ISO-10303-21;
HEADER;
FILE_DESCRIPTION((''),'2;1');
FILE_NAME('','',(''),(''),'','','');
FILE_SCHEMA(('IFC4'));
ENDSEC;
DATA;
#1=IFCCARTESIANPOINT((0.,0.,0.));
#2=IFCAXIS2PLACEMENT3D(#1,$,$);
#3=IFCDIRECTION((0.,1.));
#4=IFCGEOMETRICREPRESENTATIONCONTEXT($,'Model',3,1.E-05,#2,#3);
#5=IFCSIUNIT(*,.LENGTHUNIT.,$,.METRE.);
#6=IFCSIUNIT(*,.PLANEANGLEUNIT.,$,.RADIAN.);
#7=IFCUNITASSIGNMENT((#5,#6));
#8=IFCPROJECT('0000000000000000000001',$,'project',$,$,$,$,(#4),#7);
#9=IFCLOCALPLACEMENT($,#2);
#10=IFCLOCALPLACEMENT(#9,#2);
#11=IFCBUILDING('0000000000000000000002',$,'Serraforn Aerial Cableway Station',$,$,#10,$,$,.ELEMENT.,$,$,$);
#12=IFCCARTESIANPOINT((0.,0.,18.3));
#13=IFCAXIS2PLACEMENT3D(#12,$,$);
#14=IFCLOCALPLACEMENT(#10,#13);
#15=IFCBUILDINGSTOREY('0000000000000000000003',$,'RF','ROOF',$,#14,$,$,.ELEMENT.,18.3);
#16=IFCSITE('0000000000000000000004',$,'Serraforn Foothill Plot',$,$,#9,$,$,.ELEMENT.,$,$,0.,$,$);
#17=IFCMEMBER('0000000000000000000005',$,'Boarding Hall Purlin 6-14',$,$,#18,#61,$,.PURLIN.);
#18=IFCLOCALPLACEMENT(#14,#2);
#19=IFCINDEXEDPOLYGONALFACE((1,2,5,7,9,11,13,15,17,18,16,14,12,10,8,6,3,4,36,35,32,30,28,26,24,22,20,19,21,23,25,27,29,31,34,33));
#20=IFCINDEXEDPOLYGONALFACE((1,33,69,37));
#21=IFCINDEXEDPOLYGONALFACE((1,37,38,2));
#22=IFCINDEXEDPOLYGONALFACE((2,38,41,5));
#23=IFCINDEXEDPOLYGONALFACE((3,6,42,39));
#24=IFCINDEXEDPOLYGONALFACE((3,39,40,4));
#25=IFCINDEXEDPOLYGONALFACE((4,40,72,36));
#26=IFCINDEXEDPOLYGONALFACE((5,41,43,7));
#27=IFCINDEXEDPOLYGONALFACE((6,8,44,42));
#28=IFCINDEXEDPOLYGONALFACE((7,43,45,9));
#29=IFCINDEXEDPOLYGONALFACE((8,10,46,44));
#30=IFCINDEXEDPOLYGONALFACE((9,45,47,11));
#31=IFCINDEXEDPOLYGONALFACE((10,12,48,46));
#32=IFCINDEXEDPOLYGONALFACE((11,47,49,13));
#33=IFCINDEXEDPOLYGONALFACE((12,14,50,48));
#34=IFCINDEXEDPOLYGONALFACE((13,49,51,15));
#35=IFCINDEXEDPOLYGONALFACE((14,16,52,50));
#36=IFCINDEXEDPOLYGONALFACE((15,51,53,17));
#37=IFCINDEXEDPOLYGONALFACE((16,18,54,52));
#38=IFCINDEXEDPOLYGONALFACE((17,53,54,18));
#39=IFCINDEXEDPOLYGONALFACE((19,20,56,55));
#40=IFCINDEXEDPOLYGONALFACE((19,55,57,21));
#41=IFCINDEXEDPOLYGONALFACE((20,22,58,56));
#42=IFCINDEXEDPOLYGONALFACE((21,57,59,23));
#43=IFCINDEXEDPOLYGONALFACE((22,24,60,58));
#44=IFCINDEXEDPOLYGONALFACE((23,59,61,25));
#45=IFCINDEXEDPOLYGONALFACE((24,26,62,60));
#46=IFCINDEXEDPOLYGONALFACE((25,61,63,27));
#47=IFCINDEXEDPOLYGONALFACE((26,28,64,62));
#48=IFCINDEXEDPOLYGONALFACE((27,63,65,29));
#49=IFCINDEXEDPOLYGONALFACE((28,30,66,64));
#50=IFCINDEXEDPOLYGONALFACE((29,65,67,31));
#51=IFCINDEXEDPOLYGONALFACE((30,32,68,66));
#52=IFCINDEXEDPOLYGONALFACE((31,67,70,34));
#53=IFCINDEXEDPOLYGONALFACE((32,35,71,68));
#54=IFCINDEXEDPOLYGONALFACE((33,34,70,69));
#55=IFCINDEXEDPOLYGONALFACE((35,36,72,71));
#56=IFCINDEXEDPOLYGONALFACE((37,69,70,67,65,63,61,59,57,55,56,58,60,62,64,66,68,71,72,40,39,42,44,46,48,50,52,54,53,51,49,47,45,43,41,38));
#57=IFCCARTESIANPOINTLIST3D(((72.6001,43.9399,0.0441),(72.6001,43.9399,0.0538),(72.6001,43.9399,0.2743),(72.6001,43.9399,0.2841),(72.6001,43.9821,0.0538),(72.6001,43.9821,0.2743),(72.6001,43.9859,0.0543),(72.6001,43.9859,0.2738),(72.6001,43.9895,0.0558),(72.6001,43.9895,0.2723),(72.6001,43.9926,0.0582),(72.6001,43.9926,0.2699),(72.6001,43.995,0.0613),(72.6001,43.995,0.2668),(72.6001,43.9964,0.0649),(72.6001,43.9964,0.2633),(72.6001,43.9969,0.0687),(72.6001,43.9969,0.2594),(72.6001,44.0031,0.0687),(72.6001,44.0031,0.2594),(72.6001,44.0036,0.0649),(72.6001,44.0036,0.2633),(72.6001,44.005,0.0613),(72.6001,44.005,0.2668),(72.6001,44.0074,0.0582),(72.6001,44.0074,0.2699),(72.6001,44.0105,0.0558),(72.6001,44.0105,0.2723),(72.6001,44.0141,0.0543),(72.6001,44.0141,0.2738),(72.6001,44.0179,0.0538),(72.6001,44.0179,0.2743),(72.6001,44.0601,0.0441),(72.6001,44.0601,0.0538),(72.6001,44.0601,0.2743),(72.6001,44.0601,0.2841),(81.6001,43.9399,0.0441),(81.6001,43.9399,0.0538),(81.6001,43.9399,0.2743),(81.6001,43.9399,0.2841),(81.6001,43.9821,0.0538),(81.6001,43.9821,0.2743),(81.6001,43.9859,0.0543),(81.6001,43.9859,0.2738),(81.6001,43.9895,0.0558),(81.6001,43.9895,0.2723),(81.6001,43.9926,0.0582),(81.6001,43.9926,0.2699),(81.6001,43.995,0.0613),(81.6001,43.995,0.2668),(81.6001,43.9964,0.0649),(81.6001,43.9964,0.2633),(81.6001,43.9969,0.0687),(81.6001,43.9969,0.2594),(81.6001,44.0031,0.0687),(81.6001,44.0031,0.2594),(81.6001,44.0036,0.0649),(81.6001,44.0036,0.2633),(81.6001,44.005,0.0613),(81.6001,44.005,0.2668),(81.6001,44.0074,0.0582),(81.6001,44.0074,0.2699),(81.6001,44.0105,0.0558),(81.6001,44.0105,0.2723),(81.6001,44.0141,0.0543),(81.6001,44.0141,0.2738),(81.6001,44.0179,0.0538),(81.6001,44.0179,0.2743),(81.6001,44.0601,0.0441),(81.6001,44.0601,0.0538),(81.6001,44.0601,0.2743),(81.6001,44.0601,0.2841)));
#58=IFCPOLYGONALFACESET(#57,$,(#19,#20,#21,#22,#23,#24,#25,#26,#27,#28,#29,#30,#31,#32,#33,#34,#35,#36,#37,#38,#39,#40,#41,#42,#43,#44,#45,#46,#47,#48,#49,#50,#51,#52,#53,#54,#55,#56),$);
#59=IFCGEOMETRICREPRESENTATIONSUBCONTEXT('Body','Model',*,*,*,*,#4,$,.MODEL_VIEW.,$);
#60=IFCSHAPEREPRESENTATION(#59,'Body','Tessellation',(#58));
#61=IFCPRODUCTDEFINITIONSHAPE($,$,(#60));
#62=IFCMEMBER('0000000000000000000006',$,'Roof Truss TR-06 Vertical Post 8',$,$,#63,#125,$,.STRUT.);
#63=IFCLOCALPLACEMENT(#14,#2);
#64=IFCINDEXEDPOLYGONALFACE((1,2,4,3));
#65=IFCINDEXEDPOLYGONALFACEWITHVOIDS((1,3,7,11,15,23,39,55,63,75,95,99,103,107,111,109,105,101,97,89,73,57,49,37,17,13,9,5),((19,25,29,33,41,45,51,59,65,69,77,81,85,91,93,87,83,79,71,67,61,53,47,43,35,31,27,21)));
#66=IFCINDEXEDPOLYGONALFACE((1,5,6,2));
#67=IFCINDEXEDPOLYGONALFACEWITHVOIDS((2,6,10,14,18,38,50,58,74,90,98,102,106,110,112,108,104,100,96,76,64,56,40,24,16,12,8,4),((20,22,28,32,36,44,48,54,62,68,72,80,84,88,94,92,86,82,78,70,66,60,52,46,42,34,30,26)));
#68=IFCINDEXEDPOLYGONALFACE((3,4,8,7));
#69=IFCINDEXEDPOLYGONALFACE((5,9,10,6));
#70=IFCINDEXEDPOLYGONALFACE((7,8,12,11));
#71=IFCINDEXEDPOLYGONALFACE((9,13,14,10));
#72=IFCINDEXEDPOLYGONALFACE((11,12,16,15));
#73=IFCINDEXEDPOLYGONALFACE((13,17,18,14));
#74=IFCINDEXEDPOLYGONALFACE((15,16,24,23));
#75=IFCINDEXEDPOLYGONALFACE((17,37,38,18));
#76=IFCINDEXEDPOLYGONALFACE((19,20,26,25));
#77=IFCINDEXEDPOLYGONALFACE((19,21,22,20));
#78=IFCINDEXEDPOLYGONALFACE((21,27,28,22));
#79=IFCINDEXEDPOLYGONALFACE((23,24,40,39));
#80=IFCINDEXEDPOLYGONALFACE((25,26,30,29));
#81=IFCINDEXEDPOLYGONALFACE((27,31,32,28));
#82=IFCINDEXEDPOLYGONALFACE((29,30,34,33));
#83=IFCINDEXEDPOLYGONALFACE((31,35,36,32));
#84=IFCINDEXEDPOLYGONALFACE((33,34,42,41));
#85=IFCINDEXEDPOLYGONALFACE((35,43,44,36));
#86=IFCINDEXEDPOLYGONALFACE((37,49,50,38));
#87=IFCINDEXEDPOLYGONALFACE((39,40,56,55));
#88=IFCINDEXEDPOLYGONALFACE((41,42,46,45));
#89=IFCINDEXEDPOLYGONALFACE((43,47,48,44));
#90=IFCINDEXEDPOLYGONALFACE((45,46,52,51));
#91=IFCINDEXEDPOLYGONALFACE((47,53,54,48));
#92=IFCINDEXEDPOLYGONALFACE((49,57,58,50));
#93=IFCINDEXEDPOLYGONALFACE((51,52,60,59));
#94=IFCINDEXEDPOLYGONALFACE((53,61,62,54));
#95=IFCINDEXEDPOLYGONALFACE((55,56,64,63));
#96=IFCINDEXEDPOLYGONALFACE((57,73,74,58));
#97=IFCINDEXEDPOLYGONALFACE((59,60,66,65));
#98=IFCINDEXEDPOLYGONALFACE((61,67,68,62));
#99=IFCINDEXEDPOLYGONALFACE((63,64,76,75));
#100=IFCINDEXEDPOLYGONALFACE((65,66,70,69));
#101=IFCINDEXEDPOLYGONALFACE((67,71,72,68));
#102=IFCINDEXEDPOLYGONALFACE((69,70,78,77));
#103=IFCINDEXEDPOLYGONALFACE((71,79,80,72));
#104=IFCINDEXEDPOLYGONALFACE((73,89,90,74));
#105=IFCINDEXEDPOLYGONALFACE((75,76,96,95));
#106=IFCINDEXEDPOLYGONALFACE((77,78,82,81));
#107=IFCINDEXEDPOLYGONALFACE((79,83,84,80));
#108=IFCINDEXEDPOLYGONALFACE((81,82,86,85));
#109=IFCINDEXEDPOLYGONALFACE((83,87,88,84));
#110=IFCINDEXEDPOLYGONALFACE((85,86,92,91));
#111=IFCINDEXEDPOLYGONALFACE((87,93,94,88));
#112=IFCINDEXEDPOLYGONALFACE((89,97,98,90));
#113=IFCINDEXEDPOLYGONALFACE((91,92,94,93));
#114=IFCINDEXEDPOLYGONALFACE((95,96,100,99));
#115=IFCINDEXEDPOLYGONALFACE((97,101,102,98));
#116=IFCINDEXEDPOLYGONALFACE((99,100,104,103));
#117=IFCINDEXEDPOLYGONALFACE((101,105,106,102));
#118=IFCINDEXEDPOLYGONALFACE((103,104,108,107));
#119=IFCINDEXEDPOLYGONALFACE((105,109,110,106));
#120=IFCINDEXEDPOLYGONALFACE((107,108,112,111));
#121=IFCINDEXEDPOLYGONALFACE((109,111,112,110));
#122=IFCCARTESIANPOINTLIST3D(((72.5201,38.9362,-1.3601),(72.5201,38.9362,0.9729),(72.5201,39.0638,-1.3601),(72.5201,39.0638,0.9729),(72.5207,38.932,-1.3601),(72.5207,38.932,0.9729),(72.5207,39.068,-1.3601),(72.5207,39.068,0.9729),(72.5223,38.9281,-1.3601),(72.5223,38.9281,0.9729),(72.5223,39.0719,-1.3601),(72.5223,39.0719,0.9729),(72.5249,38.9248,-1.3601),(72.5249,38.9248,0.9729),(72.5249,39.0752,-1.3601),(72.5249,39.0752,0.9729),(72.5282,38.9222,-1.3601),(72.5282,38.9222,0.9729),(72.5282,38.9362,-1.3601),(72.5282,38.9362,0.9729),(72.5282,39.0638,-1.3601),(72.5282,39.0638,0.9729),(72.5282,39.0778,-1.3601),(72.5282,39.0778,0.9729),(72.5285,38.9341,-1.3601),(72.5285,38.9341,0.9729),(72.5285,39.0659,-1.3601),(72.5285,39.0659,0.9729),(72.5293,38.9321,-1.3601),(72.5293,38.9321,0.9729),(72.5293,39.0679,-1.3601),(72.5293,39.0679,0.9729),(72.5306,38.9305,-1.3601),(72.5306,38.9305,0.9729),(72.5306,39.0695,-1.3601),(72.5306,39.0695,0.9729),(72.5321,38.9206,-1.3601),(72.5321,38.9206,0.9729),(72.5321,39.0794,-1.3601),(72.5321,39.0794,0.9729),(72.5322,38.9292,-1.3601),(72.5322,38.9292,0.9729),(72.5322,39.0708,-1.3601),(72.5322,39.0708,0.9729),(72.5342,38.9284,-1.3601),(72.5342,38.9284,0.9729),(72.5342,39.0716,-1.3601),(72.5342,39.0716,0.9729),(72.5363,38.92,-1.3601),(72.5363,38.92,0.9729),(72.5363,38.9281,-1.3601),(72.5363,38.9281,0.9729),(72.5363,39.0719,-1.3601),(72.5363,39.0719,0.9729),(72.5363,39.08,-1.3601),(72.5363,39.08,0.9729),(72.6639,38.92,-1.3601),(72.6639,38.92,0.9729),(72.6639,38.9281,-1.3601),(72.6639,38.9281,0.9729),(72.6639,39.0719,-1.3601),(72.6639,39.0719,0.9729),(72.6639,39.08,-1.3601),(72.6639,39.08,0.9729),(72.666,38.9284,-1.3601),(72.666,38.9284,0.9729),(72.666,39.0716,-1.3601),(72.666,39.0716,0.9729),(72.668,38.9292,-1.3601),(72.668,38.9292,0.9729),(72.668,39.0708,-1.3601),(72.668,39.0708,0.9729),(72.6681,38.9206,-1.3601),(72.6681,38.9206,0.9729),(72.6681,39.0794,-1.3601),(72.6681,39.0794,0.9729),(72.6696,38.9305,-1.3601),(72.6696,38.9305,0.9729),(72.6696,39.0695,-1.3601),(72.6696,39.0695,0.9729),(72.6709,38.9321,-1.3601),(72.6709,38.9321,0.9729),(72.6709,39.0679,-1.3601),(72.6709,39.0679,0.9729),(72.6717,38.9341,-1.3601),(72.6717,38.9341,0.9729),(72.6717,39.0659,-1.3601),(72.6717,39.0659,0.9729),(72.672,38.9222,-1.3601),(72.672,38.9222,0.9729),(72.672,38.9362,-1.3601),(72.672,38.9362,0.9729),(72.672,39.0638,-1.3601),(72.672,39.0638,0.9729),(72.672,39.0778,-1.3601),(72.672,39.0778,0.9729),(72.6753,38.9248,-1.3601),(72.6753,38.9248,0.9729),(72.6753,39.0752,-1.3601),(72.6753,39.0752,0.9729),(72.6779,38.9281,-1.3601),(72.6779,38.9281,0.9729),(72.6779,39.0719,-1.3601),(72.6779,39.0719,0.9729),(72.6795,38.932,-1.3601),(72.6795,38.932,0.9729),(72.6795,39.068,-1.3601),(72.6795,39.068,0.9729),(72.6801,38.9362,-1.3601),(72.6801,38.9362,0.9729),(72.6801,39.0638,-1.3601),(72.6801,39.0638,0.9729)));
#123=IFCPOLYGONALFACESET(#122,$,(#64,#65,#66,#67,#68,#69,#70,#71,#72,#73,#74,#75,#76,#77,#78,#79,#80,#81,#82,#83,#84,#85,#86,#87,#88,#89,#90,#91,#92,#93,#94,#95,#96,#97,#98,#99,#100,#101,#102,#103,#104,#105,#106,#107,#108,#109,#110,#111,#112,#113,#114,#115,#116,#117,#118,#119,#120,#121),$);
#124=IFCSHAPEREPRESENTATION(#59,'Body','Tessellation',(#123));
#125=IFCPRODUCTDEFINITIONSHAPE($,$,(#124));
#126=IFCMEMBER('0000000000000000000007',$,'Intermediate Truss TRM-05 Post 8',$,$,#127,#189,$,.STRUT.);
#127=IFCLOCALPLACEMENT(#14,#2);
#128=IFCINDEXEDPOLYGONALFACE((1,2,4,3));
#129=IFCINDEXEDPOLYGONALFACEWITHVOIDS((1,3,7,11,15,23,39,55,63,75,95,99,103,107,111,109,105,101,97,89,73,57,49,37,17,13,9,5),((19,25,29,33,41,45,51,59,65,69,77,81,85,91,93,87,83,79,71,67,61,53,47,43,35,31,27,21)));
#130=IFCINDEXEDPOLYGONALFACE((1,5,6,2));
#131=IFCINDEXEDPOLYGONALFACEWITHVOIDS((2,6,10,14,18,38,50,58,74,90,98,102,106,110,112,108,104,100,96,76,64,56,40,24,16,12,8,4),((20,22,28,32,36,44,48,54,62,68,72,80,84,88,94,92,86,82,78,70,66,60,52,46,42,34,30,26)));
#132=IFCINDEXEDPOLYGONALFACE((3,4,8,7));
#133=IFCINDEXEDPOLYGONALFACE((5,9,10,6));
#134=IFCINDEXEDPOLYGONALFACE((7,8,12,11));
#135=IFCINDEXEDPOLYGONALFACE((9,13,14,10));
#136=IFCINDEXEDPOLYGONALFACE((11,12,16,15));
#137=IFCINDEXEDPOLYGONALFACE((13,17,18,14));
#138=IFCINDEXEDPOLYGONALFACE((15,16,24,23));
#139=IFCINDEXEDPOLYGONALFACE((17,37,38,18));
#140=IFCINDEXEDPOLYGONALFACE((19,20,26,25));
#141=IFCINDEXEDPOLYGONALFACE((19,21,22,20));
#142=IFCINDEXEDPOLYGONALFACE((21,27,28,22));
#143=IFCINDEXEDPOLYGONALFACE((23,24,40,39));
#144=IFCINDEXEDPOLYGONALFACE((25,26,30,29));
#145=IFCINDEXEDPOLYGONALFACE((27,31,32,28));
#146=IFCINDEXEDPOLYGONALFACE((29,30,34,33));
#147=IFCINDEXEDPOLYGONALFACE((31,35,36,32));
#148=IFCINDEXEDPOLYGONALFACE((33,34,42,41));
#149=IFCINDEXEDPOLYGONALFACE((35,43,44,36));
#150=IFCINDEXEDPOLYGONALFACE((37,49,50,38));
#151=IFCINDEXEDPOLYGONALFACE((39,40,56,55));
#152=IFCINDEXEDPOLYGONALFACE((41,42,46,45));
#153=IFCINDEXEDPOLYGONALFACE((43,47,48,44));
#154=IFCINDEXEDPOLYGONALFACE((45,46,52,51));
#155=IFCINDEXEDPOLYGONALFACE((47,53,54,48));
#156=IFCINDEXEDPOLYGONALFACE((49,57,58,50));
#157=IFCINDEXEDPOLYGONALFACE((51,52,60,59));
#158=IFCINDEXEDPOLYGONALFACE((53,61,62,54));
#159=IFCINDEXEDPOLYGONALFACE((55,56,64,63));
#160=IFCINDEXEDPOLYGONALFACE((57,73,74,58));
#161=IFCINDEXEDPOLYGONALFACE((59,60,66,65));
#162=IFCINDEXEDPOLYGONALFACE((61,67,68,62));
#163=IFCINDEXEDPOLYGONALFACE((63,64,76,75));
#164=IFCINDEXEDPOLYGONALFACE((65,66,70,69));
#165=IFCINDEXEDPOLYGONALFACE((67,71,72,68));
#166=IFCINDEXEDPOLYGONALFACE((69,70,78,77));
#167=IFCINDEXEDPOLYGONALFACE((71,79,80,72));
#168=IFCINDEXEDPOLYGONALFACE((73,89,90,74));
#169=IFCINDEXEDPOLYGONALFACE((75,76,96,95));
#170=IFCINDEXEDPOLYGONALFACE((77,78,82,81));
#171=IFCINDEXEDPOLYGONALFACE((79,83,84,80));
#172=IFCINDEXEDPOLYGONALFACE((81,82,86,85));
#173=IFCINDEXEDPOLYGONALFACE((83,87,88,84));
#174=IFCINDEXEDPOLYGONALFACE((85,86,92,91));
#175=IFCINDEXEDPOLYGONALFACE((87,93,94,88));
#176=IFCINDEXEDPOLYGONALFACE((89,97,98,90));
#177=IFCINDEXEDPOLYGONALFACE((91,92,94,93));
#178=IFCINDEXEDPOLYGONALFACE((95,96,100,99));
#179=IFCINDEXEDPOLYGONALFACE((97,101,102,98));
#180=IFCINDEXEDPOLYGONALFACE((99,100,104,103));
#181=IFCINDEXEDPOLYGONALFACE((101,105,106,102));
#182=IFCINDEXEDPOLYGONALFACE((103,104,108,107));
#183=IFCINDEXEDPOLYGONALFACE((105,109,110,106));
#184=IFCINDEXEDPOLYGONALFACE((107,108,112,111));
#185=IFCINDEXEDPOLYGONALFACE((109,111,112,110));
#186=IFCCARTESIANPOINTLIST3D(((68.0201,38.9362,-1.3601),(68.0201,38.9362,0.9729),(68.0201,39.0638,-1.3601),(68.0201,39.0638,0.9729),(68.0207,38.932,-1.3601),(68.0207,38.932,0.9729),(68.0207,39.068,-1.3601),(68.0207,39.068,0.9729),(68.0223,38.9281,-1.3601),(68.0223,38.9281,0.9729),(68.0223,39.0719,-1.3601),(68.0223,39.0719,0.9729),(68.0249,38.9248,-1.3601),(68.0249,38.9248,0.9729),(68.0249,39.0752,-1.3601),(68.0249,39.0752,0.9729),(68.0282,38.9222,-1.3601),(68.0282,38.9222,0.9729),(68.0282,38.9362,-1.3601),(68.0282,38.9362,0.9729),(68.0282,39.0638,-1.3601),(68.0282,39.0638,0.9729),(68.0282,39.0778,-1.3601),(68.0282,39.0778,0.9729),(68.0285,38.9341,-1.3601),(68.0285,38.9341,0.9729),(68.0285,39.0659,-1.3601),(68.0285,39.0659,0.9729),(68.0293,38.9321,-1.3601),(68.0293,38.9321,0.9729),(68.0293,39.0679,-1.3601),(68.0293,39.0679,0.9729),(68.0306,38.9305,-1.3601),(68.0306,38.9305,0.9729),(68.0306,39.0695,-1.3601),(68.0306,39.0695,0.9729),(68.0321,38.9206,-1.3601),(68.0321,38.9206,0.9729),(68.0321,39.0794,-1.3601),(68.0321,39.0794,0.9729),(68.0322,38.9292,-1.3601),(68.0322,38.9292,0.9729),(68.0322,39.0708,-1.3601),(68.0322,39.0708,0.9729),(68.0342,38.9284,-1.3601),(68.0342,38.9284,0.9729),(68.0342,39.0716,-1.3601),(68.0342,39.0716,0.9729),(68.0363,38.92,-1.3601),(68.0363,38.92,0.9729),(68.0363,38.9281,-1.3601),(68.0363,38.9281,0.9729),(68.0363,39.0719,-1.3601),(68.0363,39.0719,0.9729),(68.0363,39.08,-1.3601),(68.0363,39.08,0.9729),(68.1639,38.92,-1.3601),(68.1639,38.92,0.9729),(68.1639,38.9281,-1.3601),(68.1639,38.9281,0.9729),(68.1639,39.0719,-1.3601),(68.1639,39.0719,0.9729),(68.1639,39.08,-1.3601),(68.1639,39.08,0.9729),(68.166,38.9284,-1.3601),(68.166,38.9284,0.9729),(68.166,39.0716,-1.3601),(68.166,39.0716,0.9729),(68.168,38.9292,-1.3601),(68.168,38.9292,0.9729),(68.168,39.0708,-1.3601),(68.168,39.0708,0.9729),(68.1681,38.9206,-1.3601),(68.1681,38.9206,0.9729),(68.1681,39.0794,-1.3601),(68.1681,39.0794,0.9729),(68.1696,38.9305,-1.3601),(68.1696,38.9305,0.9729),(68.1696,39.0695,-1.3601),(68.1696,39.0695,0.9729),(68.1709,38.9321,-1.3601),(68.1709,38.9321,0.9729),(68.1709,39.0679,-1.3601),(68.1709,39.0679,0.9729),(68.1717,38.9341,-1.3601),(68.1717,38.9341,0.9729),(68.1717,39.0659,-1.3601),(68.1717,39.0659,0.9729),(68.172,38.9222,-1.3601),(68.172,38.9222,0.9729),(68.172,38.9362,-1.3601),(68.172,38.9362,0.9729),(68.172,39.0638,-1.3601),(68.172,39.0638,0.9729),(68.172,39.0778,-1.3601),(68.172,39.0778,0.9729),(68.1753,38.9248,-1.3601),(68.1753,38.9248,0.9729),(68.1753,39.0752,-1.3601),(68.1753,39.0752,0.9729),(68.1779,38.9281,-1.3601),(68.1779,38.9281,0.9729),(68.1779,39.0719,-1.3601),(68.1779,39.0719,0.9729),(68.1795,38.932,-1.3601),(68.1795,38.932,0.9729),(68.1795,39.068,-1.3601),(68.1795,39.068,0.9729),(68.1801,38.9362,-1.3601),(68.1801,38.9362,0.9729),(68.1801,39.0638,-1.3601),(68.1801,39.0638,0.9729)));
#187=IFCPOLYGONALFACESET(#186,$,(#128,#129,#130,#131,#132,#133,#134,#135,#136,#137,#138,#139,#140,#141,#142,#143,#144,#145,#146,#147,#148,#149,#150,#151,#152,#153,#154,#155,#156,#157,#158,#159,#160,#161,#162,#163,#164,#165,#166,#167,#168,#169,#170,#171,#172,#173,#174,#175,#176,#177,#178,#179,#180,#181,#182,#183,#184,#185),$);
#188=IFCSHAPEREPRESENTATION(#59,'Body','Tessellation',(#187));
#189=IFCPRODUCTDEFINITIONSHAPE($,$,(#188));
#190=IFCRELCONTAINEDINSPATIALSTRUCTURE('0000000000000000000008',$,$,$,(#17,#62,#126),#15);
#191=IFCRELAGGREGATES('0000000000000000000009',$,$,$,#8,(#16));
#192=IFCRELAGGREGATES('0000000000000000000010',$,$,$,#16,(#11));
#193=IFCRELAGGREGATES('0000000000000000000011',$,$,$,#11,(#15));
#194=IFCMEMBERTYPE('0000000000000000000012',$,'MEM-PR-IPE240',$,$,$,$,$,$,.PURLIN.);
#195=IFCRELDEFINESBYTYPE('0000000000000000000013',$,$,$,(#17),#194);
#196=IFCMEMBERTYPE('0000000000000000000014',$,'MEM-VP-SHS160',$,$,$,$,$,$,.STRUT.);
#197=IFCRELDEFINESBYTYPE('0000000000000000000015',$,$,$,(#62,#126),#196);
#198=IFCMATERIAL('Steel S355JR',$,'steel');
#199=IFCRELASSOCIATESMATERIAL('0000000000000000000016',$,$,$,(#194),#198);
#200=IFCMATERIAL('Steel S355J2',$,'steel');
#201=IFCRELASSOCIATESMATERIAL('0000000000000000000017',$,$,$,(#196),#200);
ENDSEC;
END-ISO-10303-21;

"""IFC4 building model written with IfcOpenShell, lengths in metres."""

from ifc_helpers import new_model, si_unit, direction, frame, origin, origin_2d, place, context, subcontext, project, spatial, hollow_rectangle, i_section, extrude, material, material_profile, profile_set, type_object, element, save


model = new_model("IFC4")

# Units and contexts
model_context = context("Model", 3, precision=1e-05, world=origin(), true_north=direction((0.0, 1.0)))
body_context = subcontext(model_context, "Body", "Model", "MODEL_VIEW")
ifc_project = project(units=[si_unit("LENGTHUNIT", "METRE"), si_unit("PLANEANGLEUNIT", "RADIAN")], contexts=[model_context])

# Site, building, storey
site_placement = place(None, origin())
site = spatial("IfcSite", under=ifc_project, at=site_placement, Name="Serraforn Foothill Plot", CompositionType="ELEMENT", RefElevation=0.0)
building_placement = place(site_placement, origin())
building = spatial("IfcBuilding", under=site, at=building_placement, Name="Serraforn Aerial Cableway Station", CompositionType="ELEMENT")
storey_placement = place(building_placement, frame((0.0, 0.0, 18.3)))
storey = spatial("IfcBuildingStorey", under=building, at=storey_placement, Name="RF", Description="ROOF", CompositionType="ELEMENT", Elevation=18.3)

# Shared definitions
ifc_material_1 = material(Name="Steel S355J2", Category="steel")

# Members
ifc_material_2 = material(Name="Steel S355JR", Category="steel")
ifc_material_profile_1 = material_profile(ifc_material_2, i_section(OverallWidth=0.1201, OverallDepth=0.24, WebThickness=0.0061, FlangeThickness=0.0098, FilletRadius=0.0149, at=origin_2d()), Name="IPE 240")
ifc_profile_set_1 = profile_set([ifc_material_profile_1], Name="Steel S355JR")
member_type_1 = type_object("IfcMemberType", Name="MEM-PR-IPE240", PredefinedType="PURLIN", material=ifc_profile_set_1)
for number, where, z_axis, x_axis, name in (
    (1, (72.6001, 44.0, 0.1641), (1.0, 0.0, 0.0), (0.0, 1.0, 0.0), "Boarding Hall Purlin 6-14"),
):
    element("IfcMember", number, at=place(storey_placement, frame(where, z_axis=z_axis, x_axis=x_axis)), inside=storey, type_object=member_type_1, Name=name, PredefinedType="PURLIN", context=body_context, shape_type="SweptSolid", body=[
        extrude(i_section(OverallWidth=0.1201, OverallDepth=0.24, WebThickness=0.0061, FlangeThickness=0.0098, FilletRadius=0.0149, at=origin_2d()), origin(), (0.0, 0.0, 1.0), 9.0),
    ])
ifc_material_profile_2 = material_profile(ifc_material_1, hollow_rectangle(XDim=0.1599, YDim=0.1599, WallThickness=0.0081, InnerFilletRadius=0.0081, OuterFilletRadius=0.0161, at=origin_2d()), Name="SHS 160x160x8.0")
ifc_profile_set_2 = profile_set([ifc_material_profile_2], Name="Steel S355J2")
member_type_2 = type_object("IfcMemberType", Name="MEM-VP-SHS160", PredefinedType="STRUT", material=ifc_profile_set_2)
for number, where, z_axis, x_axis, name in (
    (2, (72.6001, 39.0, -1.3601), (0.0, 0.0, 1.0), (1.0, 0.0, 0.0), "Roof Truss TR-06 Vertical Post 8"),
    (3, (68.1001, 39.0, -1.3601), (0.0, 0.0, 1.0), (1.0, 0.0, 0.0), "Intermediate Truss TRM-05 Post 8"),
):
    element("IfcMember", number, at=place(storey_placement, frame(where, z_axis=z_axis, x_axis=x_axis)), inside=storey, type_object=member_type_2, Name=name, PredefinedType="STRUT", context=body_context, shape_type="SweptSolid", body=[
        extrude(hollow_rectangle(XDim=0.1599, YDim=0.1599, WallThickness=0.0081, InnerFilletRadius=0.0081, OuterFilletRadius=0.0161, at=origin_2d()), origin(), (0.0, 0.0, 1.0), 2.333),
    ])

save(model, "model.ifc")
